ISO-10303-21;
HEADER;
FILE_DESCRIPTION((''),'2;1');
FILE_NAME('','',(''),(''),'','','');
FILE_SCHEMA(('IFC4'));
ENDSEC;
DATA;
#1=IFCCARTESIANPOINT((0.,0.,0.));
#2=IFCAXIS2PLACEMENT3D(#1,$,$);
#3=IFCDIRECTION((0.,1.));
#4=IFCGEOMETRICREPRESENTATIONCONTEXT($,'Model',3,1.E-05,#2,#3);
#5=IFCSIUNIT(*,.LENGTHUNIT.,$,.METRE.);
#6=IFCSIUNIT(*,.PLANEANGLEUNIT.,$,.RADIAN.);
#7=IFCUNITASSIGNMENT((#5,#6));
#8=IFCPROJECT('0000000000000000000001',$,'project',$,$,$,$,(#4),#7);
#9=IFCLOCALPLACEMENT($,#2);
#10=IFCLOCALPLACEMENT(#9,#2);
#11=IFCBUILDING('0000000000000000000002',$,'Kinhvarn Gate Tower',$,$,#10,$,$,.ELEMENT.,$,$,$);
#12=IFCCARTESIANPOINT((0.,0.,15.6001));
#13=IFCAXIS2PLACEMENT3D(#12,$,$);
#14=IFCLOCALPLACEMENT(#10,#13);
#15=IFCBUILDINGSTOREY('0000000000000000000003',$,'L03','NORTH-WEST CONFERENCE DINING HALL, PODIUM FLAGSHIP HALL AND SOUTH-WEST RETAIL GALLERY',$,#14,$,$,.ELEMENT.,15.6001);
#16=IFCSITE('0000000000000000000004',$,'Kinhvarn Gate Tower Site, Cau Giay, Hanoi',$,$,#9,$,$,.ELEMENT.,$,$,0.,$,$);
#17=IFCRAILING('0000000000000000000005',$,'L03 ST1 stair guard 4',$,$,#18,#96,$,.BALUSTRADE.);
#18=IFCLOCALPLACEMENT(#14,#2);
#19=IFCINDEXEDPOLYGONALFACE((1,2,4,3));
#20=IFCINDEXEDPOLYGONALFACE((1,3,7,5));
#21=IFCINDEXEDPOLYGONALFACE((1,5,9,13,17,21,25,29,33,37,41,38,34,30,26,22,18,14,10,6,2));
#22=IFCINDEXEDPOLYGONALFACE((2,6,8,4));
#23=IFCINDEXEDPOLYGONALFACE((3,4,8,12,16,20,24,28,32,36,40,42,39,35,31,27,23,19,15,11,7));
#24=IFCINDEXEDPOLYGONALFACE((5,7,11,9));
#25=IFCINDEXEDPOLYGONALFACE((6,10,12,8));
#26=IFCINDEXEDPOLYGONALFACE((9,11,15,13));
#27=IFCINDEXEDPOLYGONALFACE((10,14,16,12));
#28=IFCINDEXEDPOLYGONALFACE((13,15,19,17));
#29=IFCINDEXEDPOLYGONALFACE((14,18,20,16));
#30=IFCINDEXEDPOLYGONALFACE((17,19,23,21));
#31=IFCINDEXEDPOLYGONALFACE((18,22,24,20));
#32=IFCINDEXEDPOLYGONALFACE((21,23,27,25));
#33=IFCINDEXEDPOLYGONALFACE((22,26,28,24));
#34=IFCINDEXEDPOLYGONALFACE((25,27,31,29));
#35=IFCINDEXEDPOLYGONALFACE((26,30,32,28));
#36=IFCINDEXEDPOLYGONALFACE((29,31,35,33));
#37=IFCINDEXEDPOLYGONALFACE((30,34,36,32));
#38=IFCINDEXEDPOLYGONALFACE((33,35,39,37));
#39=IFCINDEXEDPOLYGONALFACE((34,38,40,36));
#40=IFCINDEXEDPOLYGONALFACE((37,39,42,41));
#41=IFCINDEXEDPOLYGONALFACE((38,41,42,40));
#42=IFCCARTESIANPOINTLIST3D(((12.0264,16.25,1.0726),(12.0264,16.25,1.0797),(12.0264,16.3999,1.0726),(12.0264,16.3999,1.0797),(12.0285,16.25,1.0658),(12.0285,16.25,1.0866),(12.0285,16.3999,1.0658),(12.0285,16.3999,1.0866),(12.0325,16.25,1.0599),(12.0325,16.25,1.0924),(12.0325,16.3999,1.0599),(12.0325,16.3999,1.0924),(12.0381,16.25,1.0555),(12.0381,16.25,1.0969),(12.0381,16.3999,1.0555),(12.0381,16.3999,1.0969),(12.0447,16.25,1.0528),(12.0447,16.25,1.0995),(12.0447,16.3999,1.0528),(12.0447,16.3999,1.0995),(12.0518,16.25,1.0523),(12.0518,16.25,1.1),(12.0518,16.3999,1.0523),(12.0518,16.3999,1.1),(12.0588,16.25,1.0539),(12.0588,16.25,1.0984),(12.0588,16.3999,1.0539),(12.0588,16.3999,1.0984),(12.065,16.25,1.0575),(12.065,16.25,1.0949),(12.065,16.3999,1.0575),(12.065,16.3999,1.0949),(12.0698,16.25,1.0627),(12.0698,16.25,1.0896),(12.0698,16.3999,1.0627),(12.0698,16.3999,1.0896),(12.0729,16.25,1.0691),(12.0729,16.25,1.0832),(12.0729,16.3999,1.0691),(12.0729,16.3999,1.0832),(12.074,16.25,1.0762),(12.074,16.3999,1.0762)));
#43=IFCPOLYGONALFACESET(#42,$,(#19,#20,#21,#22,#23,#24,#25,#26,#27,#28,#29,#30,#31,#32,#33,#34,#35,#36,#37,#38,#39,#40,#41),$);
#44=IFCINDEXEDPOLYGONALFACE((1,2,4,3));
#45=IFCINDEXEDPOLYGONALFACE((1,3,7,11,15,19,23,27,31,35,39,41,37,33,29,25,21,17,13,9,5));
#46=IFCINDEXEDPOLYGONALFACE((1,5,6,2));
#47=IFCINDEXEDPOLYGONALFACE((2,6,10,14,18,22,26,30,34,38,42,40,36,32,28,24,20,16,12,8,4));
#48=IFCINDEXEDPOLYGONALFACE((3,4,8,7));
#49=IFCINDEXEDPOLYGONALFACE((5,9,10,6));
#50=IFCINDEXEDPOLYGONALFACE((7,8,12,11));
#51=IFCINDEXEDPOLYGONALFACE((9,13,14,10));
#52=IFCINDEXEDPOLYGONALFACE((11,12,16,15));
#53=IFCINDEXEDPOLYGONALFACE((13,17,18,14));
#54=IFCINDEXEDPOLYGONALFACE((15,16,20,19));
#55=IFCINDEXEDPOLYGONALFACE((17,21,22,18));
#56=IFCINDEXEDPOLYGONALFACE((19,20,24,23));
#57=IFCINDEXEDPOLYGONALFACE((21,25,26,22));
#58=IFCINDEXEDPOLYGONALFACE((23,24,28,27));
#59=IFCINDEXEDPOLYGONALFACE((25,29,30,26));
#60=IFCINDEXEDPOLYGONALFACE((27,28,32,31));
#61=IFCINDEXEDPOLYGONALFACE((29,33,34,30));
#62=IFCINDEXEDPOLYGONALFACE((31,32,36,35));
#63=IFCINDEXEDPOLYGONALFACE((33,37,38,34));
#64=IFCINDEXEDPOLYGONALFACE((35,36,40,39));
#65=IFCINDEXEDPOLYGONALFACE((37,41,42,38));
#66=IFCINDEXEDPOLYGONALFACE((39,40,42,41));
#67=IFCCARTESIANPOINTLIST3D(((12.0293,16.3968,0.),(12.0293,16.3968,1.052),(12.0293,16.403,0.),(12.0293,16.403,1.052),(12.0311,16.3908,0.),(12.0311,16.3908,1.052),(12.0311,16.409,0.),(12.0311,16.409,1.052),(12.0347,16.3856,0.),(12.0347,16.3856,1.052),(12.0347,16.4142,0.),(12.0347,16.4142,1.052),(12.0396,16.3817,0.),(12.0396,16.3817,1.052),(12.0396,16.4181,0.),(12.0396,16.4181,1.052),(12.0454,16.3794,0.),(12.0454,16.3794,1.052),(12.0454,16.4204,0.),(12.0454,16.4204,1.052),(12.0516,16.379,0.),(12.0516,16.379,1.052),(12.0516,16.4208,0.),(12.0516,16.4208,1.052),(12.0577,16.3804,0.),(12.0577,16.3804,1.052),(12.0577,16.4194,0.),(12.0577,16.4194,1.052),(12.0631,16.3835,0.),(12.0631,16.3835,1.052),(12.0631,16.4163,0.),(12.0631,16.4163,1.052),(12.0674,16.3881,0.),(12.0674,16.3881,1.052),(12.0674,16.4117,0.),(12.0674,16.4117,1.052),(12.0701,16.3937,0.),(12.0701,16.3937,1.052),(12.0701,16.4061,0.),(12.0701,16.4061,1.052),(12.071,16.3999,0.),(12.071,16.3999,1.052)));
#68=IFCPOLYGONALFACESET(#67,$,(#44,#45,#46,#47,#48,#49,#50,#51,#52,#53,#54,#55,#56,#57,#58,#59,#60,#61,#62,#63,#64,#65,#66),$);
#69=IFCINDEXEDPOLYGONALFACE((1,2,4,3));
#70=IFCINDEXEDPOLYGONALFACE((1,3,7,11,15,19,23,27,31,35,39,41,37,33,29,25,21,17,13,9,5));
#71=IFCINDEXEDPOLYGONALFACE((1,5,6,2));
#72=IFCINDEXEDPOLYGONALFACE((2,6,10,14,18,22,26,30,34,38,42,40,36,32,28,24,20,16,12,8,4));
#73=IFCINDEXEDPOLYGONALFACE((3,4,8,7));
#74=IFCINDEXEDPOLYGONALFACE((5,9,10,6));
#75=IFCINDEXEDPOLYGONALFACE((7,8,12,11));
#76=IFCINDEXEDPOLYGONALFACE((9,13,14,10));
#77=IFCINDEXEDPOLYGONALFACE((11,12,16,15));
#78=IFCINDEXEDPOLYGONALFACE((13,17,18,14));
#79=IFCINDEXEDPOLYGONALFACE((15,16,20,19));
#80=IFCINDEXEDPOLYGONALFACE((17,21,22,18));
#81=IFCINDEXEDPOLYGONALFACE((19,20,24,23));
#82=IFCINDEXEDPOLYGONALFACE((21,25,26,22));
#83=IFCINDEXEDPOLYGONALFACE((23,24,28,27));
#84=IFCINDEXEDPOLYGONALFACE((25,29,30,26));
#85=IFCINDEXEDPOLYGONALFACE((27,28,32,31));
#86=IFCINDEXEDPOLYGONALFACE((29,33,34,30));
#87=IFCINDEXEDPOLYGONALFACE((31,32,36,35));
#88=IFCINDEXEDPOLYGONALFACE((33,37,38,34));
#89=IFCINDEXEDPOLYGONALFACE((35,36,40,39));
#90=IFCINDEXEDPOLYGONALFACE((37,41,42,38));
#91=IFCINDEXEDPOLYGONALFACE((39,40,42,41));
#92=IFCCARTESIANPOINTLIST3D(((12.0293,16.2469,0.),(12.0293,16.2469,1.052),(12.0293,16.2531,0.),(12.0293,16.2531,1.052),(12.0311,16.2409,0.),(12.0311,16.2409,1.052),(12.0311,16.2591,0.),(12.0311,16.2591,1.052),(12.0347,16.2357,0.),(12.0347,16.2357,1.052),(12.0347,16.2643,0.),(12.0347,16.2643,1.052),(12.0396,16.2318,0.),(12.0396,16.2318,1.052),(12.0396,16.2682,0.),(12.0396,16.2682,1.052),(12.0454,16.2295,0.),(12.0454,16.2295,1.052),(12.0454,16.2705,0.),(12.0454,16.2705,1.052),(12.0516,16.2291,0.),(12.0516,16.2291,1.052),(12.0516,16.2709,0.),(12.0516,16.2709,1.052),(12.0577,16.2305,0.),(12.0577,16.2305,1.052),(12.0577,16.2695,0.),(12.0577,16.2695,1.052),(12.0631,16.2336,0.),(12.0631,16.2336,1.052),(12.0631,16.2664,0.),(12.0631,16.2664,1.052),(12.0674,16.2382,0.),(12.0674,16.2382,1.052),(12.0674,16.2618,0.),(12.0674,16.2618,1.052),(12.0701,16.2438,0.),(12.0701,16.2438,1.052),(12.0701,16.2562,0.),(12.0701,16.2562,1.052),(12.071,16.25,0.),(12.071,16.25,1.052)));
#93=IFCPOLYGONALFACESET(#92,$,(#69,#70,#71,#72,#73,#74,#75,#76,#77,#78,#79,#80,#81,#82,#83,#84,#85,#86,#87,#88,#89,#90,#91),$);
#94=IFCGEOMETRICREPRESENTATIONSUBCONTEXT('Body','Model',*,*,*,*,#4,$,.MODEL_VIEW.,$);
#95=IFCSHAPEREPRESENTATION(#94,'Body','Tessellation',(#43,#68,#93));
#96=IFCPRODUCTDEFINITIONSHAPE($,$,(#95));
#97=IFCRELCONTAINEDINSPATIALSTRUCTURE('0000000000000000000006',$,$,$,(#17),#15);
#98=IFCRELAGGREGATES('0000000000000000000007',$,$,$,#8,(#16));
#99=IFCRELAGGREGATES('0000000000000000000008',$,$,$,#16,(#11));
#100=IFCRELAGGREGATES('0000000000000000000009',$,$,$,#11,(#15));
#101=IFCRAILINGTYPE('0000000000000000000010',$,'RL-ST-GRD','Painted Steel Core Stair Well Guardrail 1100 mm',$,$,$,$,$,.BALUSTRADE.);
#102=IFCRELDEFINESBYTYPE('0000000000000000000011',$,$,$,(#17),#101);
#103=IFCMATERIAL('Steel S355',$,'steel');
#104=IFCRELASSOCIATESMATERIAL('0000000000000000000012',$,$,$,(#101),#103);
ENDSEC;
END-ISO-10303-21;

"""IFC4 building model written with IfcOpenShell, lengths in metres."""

from ifc_helpers import new_model, si_unit, direction, frame, origin, origin_2d, place, context, subcontext, project, spatial, circle, extrude, material, type_object, element, save


model = new_model("IFC4")

# Units and contexts
model_context = context("Model", 3, precision=1e-05, world=origin(), true_north=direction((0.0, 1.0)))
body_context = subcontext(model_context, "Body", "Model", "MODEL_VIEW")
ifc_project = project(units=[si_unit("LENGTHUNIT", "METRE"), si_unit("PLANEANGLEUNIT", "RADIAN")], contexts=[model_context])

# Site, building, storey
site_placement = place(None, origin())
site = spatial("IfcSite", under=ifc_project, at=site_placement, Name="Kinhvarn Gate Tower Site, Cau Giay, Hanoi", CompositionType="ELEMENT", RefElevation=0.0)
building_placement = place(site_placement, origin())
building = spatial("IfcBuilding", under=site, at=building_placement, Name="Kinhvarn Gate Tower", CompositionType="ELEMENT")
storey_placement = place(building_placement, frame((0.0, 0.0, 15.6001)))
storey = spatial("IfcBuildingStorey", under=building, at=storey_placement, Name="L03", Description="NORTH-WEST CONFERENCE DINING HALL, PODIUM FLAGSHIP HALL AND SOUTH-WEST RETAIL GALLERY", CompositionType="ELEMENT", Elevation=15.6001)

# Shared definitions
ifc_material_1 = material(Name="Steel S355", Category="steel")

# Railing
railing_type_1 = type_object("IfcRailingType", Name="RL-ST-GRD", Description="Painted Steel Core Stair Well Guardrail 1100 mm", PredefinedType="BALUSTRADE", material=ifc_material_1)
railing_1_placement = place(storey_placement, frame((12.05, 16.3999, 0.0)))
element("IfcRailing", 1, at=railing_1_placement, inside=storey, type_object=railing_type_1, Name="L03 ST1 stair guard 4", PredefinedType="BALUSTRADE", context=body_context, shape_type="SweptSolid", body=[
    extrude(circle(Radius=0.0239, at=origin_2d()), frame((0.0, 0.0, 1.0762), z_axis=(0.0, -1.0, 0.0), x_axis=(1.0, 0.0, 0.0)), (0.0, 0.0, 1.0), 0.1499),
    extrude(circle(Radius=0.021, at=origin_2d()), origin(), (0.0, 0.0, 1.0), 1.052),
    extrude(circle(Radius=0.021, at=origin_2d()), frame((0.0, -0.1499, 0.0)), (0.0, 0.0, 1.0), 1.052),
])

save(model, "model.ifc")
